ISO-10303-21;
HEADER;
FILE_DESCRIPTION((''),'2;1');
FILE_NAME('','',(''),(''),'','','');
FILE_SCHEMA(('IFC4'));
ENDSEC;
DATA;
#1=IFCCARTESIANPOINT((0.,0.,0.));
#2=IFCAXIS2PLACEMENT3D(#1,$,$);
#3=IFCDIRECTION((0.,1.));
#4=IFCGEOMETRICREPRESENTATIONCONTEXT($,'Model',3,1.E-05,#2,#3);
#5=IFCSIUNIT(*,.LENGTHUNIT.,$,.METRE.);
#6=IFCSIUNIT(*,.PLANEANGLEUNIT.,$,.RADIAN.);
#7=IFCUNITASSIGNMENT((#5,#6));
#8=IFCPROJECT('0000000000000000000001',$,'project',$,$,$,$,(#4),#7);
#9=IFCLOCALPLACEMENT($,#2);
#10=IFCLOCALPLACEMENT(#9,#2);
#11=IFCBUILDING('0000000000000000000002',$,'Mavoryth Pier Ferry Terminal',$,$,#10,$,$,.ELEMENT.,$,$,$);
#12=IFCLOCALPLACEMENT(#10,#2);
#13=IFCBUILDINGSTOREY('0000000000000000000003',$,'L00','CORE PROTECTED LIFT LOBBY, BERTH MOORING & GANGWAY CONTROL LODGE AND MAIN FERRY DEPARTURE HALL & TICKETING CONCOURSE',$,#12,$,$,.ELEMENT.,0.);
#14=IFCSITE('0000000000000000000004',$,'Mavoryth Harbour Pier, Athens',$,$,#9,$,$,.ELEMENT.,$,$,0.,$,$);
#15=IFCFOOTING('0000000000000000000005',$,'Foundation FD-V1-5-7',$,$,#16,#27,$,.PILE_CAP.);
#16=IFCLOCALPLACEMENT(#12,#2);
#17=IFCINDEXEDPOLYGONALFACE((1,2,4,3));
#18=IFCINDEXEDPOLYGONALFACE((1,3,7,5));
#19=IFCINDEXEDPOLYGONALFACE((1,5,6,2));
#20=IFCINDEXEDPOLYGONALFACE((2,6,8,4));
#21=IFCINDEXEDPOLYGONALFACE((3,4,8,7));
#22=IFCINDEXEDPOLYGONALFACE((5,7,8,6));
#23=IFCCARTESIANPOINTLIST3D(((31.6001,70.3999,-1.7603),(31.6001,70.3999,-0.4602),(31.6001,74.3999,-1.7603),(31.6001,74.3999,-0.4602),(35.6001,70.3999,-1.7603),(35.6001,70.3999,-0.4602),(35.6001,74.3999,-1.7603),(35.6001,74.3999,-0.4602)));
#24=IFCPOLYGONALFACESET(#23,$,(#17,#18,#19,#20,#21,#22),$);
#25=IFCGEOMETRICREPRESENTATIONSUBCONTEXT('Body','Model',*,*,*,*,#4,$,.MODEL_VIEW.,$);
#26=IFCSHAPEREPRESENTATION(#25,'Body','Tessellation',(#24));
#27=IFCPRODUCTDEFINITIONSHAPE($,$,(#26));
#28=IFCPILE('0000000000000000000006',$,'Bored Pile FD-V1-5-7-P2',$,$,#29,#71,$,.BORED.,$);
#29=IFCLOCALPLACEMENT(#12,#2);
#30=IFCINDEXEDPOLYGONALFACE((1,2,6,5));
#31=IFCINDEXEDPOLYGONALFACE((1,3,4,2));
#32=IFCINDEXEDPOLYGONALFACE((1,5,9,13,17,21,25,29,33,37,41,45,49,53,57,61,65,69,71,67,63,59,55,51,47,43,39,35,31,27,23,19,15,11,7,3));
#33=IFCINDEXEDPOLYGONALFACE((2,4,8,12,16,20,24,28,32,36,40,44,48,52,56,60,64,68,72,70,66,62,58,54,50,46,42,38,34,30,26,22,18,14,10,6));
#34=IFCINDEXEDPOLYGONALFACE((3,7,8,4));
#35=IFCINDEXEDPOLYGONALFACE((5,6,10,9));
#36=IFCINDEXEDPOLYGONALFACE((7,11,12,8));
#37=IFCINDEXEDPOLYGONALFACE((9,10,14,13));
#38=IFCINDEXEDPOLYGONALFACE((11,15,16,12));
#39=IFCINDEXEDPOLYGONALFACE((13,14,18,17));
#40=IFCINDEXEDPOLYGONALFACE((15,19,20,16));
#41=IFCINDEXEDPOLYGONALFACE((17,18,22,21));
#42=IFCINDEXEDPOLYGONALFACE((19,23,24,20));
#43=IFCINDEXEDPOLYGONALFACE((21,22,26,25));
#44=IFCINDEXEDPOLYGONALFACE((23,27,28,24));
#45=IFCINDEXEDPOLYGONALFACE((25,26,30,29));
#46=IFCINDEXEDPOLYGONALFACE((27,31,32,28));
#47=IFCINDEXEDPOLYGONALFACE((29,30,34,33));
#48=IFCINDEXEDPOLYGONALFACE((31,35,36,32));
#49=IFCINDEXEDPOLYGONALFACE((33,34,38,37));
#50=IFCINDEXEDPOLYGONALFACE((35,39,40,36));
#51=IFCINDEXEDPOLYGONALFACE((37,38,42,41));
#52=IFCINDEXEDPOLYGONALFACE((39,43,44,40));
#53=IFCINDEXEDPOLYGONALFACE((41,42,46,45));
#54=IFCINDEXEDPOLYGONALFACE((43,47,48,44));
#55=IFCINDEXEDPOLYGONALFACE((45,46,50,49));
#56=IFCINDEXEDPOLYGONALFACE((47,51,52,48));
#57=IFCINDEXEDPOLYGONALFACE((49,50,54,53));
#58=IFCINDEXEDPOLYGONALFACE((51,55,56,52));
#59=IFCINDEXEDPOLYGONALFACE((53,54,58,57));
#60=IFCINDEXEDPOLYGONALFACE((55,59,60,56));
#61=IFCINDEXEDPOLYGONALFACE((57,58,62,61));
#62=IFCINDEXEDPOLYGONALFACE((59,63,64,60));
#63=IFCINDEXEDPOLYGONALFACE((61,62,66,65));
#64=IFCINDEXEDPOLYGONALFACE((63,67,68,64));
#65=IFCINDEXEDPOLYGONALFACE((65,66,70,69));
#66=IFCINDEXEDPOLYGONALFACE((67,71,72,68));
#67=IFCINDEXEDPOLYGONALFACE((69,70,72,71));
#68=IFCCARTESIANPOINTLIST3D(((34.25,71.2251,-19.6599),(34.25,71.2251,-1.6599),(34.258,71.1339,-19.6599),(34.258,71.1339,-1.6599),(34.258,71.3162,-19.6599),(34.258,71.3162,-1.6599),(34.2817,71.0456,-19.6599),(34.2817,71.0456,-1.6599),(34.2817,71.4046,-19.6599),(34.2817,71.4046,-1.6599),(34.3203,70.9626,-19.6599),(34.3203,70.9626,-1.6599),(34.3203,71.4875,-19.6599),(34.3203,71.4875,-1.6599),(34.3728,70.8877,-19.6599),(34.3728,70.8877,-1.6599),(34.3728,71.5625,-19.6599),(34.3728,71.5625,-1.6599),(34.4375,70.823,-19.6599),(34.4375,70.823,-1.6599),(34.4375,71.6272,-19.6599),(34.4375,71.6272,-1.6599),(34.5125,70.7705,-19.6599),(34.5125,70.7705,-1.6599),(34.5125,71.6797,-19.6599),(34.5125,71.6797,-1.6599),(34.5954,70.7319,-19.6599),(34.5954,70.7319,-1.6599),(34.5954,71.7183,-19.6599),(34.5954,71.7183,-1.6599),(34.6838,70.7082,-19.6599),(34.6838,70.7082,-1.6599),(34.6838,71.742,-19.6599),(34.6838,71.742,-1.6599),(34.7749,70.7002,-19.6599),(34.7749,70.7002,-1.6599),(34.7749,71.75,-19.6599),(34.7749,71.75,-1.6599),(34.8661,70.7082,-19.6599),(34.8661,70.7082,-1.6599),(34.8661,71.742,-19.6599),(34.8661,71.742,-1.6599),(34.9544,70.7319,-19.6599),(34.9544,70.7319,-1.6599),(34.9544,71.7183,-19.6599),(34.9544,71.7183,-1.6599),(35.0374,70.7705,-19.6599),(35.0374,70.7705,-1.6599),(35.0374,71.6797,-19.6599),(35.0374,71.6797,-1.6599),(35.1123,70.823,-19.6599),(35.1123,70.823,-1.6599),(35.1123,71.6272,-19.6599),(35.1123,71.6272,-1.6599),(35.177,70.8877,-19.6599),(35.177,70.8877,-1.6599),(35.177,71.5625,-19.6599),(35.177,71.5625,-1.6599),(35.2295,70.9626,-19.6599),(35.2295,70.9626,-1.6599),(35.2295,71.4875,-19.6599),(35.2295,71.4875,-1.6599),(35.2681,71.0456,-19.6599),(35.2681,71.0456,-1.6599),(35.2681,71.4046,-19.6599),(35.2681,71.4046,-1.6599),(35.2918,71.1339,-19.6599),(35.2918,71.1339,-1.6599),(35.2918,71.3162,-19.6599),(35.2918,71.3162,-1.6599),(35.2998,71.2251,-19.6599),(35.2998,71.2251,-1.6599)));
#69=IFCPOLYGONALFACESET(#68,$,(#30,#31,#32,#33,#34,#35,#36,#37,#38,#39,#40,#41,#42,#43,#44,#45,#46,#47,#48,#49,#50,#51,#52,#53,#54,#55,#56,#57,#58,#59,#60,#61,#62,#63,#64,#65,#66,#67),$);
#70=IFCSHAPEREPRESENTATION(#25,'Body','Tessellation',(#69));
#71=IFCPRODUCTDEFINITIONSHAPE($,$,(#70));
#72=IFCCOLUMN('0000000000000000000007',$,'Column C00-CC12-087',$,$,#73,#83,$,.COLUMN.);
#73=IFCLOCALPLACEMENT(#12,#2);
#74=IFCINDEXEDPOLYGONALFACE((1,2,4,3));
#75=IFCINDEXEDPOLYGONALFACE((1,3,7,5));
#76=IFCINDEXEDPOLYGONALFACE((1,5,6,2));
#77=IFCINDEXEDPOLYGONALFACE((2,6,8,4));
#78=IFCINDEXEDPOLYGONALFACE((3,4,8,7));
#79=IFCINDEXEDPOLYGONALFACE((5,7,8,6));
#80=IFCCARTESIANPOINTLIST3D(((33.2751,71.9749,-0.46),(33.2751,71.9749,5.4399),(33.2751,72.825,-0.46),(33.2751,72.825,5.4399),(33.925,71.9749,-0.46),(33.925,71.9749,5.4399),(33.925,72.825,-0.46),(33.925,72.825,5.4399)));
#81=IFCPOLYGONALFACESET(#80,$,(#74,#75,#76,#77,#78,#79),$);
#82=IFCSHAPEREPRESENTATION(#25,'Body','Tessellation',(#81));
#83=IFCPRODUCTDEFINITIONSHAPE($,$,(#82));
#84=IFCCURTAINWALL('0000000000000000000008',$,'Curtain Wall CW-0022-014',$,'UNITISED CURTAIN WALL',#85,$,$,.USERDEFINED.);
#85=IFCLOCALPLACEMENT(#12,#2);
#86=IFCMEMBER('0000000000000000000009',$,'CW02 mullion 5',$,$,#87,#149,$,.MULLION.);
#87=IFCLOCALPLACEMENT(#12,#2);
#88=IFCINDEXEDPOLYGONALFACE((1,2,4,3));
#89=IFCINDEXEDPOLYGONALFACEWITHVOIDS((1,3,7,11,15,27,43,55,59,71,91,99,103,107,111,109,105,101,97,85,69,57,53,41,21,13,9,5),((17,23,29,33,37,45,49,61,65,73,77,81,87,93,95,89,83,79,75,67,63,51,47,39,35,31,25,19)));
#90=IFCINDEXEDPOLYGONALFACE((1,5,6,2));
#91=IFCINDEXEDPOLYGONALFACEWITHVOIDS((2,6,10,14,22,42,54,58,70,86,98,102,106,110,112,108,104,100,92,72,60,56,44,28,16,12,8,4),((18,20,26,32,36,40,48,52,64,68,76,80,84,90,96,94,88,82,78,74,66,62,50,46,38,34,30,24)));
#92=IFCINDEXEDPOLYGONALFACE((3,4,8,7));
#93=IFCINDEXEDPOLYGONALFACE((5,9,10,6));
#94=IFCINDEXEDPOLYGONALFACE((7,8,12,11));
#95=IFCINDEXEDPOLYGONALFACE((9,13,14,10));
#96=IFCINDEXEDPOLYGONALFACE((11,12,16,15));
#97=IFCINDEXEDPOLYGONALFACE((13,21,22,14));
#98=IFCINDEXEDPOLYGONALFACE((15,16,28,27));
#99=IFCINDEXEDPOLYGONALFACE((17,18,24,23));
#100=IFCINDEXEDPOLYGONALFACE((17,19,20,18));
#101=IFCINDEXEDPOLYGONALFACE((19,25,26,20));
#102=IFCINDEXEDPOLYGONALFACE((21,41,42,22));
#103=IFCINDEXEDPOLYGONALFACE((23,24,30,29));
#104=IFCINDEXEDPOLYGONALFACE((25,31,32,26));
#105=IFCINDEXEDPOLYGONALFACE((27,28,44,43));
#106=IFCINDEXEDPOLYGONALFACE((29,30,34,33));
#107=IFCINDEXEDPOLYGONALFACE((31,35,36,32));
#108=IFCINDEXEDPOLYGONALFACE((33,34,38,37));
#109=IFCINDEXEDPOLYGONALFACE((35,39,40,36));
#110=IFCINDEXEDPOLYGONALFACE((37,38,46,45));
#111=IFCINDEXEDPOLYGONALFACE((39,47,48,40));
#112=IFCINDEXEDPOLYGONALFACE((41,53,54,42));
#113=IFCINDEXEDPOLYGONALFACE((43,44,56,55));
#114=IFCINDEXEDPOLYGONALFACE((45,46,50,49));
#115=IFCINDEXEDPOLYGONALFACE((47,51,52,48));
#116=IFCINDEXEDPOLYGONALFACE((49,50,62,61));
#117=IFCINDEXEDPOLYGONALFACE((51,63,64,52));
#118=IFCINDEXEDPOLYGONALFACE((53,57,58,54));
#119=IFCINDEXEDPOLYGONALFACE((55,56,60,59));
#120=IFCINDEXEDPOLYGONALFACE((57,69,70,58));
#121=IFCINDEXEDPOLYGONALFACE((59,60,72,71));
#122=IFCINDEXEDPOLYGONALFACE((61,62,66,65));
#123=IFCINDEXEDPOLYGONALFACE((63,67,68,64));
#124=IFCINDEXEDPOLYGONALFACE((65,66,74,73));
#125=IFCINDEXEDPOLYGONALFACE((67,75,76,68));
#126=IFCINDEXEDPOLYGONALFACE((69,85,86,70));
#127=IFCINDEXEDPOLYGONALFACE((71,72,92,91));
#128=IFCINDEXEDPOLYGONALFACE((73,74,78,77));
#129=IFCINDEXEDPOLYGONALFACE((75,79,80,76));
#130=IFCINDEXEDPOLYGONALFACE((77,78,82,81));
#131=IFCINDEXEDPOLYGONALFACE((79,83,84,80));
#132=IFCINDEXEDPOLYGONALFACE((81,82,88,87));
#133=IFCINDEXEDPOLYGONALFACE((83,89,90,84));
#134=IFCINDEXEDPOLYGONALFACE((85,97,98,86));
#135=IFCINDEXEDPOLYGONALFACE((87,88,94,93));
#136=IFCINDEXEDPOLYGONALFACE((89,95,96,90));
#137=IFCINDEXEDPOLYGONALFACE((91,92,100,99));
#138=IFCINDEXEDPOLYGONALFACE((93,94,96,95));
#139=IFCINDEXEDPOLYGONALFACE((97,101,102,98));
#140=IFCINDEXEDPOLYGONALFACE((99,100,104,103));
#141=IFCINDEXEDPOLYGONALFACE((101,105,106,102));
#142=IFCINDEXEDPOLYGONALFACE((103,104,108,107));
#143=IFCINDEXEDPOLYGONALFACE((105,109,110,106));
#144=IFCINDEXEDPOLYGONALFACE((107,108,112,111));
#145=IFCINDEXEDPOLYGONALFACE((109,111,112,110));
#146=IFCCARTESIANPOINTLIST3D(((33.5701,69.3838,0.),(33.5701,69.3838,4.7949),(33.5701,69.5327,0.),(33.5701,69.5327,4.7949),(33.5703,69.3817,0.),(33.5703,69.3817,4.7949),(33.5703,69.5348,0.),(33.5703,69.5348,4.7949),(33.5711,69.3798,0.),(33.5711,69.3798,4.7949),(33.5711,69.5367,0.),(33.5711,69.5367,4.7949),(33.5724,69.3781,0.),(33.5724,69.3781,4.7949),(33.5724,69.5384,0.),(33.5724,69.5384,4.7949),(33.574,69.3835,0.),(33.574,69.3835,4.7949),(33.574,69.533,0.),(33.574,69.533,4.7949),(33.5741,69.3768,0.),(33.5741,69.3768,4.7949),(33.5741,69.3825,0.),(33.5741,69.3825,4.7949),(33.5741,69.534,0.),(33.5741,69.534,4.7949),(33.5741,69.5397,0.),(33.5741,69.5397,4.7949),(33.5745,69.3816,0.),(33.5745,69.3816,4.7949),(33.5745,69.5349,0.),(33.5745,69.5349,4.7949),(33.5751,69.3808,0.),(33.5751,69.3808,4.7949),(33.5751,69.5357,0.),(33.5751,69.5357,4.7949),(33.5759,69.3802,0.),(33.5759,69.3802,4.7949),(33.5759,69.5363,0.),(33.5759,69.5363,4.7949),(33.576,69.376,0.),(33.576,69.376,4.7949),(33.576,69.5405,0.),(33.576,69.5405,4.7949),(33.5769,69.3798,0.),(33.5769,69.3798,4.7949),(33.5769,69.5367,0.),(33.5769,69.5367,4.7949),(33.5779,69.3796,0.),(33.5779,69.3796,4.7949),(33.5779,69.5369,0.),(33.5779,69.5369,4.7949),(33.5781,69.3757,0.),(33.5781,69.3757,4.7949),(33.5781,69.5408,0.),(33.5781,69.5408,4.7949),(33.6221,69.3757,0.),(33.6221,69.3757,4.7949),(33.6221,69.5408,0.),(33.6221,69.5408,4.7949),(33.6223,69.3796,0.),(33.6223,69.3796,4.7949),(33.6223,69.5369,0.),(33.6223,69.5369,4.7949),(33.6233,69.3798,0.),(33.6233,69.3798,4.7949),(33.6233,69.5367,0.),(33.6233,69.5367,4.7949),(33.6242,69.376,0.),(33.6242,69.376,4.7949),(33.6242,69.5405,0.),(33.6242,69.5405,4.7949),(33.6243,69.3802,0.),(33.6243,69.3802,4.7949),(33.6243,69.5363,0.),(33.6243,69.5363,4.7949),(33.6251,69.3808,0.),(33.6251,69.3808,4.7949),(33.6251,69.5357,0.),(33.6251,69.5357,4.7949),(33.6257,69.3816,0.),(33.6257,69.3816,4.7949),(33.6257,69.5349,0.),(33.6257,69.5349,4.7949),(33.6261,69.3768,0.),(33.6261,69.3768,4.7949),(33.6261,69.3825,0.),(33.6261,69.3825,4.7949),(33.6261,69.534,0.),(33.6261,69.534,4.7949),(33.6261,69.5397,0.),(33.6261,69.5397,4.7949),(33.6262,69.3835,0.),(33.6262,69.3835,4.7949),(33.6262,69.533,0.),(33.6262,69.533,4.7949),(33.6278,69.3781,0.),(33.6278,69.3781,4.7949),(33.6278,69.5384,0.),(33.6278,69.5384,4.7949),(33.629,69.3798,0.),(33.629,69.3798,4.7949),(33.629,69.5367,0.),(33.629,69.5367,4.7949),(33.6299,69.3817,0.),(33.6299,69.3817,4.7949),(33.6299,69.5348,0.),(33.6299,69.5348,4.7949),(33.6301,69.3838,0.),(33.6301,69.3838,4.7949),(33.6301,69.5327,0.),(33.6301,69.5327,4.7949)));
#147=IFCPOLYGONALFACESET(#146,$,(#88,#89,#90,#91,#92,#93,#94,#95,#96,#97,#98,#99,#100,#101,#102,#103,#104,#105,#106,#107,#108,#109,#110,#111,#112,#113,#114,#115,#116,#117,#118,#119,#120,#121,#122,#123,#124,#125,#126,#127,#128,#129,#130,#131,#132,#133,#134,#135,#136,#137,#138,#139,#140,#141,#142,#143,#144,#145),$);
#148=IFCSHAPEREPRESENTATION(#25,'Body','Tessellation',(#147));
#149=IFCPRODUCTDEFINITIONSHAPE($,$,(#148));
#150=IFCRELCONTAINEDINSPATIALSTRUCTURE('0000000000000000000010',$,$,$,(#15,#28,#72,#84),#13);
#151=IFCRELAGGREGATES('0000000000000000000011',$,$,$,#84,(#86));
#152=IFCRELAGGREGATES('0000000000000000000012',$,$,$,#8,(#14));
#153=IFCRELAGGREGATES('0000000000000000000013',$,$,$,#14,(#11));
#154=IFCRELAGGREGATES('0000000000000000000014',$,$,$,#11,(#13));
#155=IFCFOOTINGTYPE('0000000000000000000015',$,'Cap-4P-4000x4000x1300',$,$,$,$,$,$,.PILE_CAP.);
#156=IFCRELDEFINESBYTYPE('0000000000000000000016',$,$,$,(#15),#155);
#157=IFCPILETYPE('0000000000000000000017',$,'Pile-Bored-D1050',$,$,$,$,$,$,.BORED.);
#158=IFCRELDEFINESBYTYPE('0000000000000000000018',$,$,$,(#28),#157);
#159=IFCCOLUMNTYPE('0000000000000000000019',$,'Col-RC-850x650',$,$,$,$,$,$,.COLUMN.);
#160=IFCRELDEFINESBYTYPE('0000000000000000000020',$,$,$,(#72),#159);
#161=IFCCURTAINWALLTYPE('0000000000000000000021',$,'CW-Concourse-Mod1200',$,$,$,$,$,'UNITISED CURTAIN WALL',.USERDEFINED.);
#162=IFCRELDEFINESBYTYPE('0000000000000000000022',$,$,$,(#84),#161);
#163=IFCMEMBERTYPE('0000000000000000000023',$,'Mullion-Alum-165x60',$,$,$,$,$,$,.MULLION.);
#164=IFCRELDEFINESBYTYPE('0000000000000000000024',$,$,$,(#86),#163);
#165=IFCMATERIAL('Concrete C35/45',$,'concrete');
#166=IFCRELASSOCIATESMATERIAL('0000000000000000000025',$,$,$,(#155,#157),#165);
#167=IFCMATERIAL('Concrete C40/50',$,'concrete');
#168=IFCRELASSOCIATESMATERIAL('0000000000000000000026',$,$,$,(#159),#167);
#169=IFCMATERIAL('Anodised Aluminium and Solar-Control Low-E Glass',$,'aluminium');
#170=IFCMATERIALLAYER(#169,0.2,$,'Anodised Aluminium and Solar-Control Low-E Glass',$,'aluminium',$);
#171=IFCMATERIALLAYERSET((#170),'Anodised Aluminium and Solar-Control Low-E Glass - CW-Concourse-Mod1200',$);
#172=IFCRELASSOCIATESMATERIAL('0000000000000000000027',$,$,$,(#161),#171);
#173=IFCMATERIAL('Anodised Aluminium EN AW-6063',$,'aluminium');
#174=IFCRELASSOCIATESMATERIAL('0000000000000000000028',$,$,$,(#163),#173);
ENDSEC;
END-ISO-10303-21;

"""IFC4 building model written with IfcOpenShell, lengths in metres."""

from ifc_helpers import new_model, si_unit, direction, frame, origin, origin_2d, place, context, subcontext, project, spatial, rectangle, hollow_rectangle, circle, extrude, material, layer, layer_set, material_profile, profile_set, type_object, element, aggregate, save


model = new_model("IFC4")

# Units and contexts
model_context = context("Model", 3, precision=1e-05, world=origin(), true_north=direction((0.0, 1.0)))
body_context = subcontext(model_context, "Body", "Model", "MODEL_VIEW")
ifc_project = project(units=[si_unit("LENGTHUNIT", "METRE"), si_unit("PLANEANGLEUNIT", "RADIAN")], contexts=[model_context])

# Site, building, storey
site_placement = place(None, origin())
site = spatial("IfcSite", under=ifc_project, at=site_placement, Name="Mavoryth Harbour Pier, Athens", CompositionType="ELEMENT", RefElevation=0.0)
building_placement = place(site_placement, origin())
building = spatial("IfcBuilding", under=site, at=building_placement, Name="Mavoryth Pier Ferry Terminal", CompositionType="ELEMENT")
storey_placement = place(building_placement, origin())
storey = spatial("IfcBuildingStorey", under=building, at=storey_placement, Name="L00", Description="CORE PROTECTED LIFT LOBBY, BERTH MOORING & GANGWAY CONTROL LODGE AND MAIN FERRY DEPARTURE HALL & TICKETING CONCOURSE", CompositionType="ELEMENT", Elevation=0.0)

# Footing
ifc_material_1 = material(Name="Concrete C35/45", Category="concrete")
footing_type = type_object("IfcFootingType", Name="Cap-4P-4000x4000x1300", PredefinedType="PILE_CAP", material=ifc_material_1)
footing_placement = place(storey_placement, frame((33.6001, 72.3999, -1.7603), z_axis=(0.0, 0.0, 1.0), x_axis=(1.0, 0.0, 0.0)))
element("IfcFooting", 1, at=footing_placement, inside=storey, type_object=footing_type, Name="Foundation FD-V1-5-7", PredefinedType="PILE_CAP", context=body_context, shape_type="SweptSolid", body=[
    extrude(rectangle(XDim=4.0, YDim=4.0, at=origin_2d()), origin(), (0.0, 0.0, 1.0), 1.3),
])

# Pile
ifc_material_profile_1 = material_profile(ifc_material_1, circle(Radius=0.5249, at=origin_2d()), Name="PILE D1050", Category="concrete")
ifc_profile_set_1 = profile_set([ifc_material_profile_1], Name="Concrete C35/45 - PILE D1050")
pile_type = type_object("IfcPileType", Name="Pile-Bored-D1050", PredefinedType="BORED", material=ifc_profile_set_1)
pile_placement = place(storey_placement, frame((34.7749, 71.2251, -1.6599), z_axis=(0.0, 0.0, -1.0), x_axis=(1.0, 0.0, 0.0)))
element("IfcPile", 2, at=pile_placement, inside=storey, type_object=pile_type, Name="Bored Pile FD-V1-5-7-P2", PredefinedType="BORED", context=body_context, shape_type="SweptSolid", body=[
    extrude(circle(Radius=0.5249, at=origin_2d()), origin(), (0.0, 0.0, 1.0), 18.0),
])

# Column
ifc_material_2 = material(Name="Concrete C40/50", Category="concrete")
ifc_material_profile_2 = material_profile(ifc_material_2, rectangle(XDim=0.6499, YDim=0.8501, at=origin_2d()), Name="RC 850x650", Category="concrete")
ifc_profile_set_2 = profile_set([ifc_material_profile_2], Name="Concrete C40/50 - RC 850x650")
column_type = type_object("IfcColumnType", Name="Col-RC-850x650", PredefinedType="COLUMN", material=ifc_profile_set_2)
column_placement = place(storey_placement, frame((33.6001, 72.3999, -0.46), z_axis=(0.0, 0.0, 1.0), x_axis=(1.0, 0.0, 0.0)))
element("IfcColumn", 3, at=column_placement, inside=storey, type_object=column_type, Name="Column C00-CC12-087", PredefinedType="COLUMN", context=body_context, shape_type="SweptSolid", body=[
    extrude(rectangle(XDim=0.6499, YDim=0.8501, at=origin_2d()), origin(), (0.0, 0.0, 1.0), 5.8999),
])

# Curtain wall, member
ifc_material_3 = material(Name="Anodised Aluminium and Solar-Control Low-E Glass", Category="aluminium")
ifc_layer_1 = layer(ifc_material_3, 0.2, Name="Anodised Aluminium and Solar-Control Low-E Glass", Category="aluminium")
ifc_layer_set_1 = layer_set([ifc_layer_1], Name="Anodised Aluminium and Solar-Control Low-E Glass - CW-Concourse-Mod1200")
curtain_wall_type = type_object("IfcCurtainWallType", Name="CW-Concourse-Mod1200", ElementType="UNITISED CURTAIN WALL", PredefinedType="USERDEFINED", material=ifc_layer_set_1)
curtain_wall_1_placement = place(storey_placement, origin())
curtain_wall_1 = element("IfcCurtainWall", 4, at=curtain_wall_1_placement, inside=storey, type_object=curtain_wall_type, Name="Curtain Wall CW-0022-014", ObjectType="UNITISED CURTAIN WALL", PredefinedType="USERDEFINED")
ifc_material_4 = material(Name="Anodised Aluminium EN AW-6063", Category="aluminium")
ifc_material_profile_3 = material_profile(ifc_material_4, hollow_rectangle(XDim=0.0601, YDim=0.165, WallThickness=0.0039, InnerFilletRadius=0.0039, OuterFilletRadius=0.0081, at=origin_2d()), Name="AL-MULL 165x60x4", Category="aluminium")
ifc_profile_set_3 = profile_set([ifc_material_profile_3], Name="Anodised Aluminium EN AW-6063 - AL-MULL 165x60x4")
member_type_1 = type_object("IfcMemberType", Name="Mullion-Alum-165x60", PredefinedType="MULLION", material=ifc_profile_set_3)
member_1_placement = place(storey_placement, frame((33.6001, 69.4583, 0.0), z_axis=(0.0, 0.0, 1.0), x_axis=(-1.0, 0.0, 0.0)))
member_1 = element("IfcMember", 5, at=member_1_placement, type_object=member_type_1, Name="CW02 mullion 5", PredefinedType="MULLION", context=body_context, shape_type="SweptSolid", body=[
    extrude(hollow_rectangle(XDim=0.0601, YDim=0.165, WallThickness=0.0039, InnerFilletRadius=0.0039, OuterFilletRadius=0.0081, at=origin_2d()), origin(), (0.0, 0.0, 1.0), 4.7949),
])

aggregate(curtain_wall_1, [member_1])

save(model, "model.ifc")
